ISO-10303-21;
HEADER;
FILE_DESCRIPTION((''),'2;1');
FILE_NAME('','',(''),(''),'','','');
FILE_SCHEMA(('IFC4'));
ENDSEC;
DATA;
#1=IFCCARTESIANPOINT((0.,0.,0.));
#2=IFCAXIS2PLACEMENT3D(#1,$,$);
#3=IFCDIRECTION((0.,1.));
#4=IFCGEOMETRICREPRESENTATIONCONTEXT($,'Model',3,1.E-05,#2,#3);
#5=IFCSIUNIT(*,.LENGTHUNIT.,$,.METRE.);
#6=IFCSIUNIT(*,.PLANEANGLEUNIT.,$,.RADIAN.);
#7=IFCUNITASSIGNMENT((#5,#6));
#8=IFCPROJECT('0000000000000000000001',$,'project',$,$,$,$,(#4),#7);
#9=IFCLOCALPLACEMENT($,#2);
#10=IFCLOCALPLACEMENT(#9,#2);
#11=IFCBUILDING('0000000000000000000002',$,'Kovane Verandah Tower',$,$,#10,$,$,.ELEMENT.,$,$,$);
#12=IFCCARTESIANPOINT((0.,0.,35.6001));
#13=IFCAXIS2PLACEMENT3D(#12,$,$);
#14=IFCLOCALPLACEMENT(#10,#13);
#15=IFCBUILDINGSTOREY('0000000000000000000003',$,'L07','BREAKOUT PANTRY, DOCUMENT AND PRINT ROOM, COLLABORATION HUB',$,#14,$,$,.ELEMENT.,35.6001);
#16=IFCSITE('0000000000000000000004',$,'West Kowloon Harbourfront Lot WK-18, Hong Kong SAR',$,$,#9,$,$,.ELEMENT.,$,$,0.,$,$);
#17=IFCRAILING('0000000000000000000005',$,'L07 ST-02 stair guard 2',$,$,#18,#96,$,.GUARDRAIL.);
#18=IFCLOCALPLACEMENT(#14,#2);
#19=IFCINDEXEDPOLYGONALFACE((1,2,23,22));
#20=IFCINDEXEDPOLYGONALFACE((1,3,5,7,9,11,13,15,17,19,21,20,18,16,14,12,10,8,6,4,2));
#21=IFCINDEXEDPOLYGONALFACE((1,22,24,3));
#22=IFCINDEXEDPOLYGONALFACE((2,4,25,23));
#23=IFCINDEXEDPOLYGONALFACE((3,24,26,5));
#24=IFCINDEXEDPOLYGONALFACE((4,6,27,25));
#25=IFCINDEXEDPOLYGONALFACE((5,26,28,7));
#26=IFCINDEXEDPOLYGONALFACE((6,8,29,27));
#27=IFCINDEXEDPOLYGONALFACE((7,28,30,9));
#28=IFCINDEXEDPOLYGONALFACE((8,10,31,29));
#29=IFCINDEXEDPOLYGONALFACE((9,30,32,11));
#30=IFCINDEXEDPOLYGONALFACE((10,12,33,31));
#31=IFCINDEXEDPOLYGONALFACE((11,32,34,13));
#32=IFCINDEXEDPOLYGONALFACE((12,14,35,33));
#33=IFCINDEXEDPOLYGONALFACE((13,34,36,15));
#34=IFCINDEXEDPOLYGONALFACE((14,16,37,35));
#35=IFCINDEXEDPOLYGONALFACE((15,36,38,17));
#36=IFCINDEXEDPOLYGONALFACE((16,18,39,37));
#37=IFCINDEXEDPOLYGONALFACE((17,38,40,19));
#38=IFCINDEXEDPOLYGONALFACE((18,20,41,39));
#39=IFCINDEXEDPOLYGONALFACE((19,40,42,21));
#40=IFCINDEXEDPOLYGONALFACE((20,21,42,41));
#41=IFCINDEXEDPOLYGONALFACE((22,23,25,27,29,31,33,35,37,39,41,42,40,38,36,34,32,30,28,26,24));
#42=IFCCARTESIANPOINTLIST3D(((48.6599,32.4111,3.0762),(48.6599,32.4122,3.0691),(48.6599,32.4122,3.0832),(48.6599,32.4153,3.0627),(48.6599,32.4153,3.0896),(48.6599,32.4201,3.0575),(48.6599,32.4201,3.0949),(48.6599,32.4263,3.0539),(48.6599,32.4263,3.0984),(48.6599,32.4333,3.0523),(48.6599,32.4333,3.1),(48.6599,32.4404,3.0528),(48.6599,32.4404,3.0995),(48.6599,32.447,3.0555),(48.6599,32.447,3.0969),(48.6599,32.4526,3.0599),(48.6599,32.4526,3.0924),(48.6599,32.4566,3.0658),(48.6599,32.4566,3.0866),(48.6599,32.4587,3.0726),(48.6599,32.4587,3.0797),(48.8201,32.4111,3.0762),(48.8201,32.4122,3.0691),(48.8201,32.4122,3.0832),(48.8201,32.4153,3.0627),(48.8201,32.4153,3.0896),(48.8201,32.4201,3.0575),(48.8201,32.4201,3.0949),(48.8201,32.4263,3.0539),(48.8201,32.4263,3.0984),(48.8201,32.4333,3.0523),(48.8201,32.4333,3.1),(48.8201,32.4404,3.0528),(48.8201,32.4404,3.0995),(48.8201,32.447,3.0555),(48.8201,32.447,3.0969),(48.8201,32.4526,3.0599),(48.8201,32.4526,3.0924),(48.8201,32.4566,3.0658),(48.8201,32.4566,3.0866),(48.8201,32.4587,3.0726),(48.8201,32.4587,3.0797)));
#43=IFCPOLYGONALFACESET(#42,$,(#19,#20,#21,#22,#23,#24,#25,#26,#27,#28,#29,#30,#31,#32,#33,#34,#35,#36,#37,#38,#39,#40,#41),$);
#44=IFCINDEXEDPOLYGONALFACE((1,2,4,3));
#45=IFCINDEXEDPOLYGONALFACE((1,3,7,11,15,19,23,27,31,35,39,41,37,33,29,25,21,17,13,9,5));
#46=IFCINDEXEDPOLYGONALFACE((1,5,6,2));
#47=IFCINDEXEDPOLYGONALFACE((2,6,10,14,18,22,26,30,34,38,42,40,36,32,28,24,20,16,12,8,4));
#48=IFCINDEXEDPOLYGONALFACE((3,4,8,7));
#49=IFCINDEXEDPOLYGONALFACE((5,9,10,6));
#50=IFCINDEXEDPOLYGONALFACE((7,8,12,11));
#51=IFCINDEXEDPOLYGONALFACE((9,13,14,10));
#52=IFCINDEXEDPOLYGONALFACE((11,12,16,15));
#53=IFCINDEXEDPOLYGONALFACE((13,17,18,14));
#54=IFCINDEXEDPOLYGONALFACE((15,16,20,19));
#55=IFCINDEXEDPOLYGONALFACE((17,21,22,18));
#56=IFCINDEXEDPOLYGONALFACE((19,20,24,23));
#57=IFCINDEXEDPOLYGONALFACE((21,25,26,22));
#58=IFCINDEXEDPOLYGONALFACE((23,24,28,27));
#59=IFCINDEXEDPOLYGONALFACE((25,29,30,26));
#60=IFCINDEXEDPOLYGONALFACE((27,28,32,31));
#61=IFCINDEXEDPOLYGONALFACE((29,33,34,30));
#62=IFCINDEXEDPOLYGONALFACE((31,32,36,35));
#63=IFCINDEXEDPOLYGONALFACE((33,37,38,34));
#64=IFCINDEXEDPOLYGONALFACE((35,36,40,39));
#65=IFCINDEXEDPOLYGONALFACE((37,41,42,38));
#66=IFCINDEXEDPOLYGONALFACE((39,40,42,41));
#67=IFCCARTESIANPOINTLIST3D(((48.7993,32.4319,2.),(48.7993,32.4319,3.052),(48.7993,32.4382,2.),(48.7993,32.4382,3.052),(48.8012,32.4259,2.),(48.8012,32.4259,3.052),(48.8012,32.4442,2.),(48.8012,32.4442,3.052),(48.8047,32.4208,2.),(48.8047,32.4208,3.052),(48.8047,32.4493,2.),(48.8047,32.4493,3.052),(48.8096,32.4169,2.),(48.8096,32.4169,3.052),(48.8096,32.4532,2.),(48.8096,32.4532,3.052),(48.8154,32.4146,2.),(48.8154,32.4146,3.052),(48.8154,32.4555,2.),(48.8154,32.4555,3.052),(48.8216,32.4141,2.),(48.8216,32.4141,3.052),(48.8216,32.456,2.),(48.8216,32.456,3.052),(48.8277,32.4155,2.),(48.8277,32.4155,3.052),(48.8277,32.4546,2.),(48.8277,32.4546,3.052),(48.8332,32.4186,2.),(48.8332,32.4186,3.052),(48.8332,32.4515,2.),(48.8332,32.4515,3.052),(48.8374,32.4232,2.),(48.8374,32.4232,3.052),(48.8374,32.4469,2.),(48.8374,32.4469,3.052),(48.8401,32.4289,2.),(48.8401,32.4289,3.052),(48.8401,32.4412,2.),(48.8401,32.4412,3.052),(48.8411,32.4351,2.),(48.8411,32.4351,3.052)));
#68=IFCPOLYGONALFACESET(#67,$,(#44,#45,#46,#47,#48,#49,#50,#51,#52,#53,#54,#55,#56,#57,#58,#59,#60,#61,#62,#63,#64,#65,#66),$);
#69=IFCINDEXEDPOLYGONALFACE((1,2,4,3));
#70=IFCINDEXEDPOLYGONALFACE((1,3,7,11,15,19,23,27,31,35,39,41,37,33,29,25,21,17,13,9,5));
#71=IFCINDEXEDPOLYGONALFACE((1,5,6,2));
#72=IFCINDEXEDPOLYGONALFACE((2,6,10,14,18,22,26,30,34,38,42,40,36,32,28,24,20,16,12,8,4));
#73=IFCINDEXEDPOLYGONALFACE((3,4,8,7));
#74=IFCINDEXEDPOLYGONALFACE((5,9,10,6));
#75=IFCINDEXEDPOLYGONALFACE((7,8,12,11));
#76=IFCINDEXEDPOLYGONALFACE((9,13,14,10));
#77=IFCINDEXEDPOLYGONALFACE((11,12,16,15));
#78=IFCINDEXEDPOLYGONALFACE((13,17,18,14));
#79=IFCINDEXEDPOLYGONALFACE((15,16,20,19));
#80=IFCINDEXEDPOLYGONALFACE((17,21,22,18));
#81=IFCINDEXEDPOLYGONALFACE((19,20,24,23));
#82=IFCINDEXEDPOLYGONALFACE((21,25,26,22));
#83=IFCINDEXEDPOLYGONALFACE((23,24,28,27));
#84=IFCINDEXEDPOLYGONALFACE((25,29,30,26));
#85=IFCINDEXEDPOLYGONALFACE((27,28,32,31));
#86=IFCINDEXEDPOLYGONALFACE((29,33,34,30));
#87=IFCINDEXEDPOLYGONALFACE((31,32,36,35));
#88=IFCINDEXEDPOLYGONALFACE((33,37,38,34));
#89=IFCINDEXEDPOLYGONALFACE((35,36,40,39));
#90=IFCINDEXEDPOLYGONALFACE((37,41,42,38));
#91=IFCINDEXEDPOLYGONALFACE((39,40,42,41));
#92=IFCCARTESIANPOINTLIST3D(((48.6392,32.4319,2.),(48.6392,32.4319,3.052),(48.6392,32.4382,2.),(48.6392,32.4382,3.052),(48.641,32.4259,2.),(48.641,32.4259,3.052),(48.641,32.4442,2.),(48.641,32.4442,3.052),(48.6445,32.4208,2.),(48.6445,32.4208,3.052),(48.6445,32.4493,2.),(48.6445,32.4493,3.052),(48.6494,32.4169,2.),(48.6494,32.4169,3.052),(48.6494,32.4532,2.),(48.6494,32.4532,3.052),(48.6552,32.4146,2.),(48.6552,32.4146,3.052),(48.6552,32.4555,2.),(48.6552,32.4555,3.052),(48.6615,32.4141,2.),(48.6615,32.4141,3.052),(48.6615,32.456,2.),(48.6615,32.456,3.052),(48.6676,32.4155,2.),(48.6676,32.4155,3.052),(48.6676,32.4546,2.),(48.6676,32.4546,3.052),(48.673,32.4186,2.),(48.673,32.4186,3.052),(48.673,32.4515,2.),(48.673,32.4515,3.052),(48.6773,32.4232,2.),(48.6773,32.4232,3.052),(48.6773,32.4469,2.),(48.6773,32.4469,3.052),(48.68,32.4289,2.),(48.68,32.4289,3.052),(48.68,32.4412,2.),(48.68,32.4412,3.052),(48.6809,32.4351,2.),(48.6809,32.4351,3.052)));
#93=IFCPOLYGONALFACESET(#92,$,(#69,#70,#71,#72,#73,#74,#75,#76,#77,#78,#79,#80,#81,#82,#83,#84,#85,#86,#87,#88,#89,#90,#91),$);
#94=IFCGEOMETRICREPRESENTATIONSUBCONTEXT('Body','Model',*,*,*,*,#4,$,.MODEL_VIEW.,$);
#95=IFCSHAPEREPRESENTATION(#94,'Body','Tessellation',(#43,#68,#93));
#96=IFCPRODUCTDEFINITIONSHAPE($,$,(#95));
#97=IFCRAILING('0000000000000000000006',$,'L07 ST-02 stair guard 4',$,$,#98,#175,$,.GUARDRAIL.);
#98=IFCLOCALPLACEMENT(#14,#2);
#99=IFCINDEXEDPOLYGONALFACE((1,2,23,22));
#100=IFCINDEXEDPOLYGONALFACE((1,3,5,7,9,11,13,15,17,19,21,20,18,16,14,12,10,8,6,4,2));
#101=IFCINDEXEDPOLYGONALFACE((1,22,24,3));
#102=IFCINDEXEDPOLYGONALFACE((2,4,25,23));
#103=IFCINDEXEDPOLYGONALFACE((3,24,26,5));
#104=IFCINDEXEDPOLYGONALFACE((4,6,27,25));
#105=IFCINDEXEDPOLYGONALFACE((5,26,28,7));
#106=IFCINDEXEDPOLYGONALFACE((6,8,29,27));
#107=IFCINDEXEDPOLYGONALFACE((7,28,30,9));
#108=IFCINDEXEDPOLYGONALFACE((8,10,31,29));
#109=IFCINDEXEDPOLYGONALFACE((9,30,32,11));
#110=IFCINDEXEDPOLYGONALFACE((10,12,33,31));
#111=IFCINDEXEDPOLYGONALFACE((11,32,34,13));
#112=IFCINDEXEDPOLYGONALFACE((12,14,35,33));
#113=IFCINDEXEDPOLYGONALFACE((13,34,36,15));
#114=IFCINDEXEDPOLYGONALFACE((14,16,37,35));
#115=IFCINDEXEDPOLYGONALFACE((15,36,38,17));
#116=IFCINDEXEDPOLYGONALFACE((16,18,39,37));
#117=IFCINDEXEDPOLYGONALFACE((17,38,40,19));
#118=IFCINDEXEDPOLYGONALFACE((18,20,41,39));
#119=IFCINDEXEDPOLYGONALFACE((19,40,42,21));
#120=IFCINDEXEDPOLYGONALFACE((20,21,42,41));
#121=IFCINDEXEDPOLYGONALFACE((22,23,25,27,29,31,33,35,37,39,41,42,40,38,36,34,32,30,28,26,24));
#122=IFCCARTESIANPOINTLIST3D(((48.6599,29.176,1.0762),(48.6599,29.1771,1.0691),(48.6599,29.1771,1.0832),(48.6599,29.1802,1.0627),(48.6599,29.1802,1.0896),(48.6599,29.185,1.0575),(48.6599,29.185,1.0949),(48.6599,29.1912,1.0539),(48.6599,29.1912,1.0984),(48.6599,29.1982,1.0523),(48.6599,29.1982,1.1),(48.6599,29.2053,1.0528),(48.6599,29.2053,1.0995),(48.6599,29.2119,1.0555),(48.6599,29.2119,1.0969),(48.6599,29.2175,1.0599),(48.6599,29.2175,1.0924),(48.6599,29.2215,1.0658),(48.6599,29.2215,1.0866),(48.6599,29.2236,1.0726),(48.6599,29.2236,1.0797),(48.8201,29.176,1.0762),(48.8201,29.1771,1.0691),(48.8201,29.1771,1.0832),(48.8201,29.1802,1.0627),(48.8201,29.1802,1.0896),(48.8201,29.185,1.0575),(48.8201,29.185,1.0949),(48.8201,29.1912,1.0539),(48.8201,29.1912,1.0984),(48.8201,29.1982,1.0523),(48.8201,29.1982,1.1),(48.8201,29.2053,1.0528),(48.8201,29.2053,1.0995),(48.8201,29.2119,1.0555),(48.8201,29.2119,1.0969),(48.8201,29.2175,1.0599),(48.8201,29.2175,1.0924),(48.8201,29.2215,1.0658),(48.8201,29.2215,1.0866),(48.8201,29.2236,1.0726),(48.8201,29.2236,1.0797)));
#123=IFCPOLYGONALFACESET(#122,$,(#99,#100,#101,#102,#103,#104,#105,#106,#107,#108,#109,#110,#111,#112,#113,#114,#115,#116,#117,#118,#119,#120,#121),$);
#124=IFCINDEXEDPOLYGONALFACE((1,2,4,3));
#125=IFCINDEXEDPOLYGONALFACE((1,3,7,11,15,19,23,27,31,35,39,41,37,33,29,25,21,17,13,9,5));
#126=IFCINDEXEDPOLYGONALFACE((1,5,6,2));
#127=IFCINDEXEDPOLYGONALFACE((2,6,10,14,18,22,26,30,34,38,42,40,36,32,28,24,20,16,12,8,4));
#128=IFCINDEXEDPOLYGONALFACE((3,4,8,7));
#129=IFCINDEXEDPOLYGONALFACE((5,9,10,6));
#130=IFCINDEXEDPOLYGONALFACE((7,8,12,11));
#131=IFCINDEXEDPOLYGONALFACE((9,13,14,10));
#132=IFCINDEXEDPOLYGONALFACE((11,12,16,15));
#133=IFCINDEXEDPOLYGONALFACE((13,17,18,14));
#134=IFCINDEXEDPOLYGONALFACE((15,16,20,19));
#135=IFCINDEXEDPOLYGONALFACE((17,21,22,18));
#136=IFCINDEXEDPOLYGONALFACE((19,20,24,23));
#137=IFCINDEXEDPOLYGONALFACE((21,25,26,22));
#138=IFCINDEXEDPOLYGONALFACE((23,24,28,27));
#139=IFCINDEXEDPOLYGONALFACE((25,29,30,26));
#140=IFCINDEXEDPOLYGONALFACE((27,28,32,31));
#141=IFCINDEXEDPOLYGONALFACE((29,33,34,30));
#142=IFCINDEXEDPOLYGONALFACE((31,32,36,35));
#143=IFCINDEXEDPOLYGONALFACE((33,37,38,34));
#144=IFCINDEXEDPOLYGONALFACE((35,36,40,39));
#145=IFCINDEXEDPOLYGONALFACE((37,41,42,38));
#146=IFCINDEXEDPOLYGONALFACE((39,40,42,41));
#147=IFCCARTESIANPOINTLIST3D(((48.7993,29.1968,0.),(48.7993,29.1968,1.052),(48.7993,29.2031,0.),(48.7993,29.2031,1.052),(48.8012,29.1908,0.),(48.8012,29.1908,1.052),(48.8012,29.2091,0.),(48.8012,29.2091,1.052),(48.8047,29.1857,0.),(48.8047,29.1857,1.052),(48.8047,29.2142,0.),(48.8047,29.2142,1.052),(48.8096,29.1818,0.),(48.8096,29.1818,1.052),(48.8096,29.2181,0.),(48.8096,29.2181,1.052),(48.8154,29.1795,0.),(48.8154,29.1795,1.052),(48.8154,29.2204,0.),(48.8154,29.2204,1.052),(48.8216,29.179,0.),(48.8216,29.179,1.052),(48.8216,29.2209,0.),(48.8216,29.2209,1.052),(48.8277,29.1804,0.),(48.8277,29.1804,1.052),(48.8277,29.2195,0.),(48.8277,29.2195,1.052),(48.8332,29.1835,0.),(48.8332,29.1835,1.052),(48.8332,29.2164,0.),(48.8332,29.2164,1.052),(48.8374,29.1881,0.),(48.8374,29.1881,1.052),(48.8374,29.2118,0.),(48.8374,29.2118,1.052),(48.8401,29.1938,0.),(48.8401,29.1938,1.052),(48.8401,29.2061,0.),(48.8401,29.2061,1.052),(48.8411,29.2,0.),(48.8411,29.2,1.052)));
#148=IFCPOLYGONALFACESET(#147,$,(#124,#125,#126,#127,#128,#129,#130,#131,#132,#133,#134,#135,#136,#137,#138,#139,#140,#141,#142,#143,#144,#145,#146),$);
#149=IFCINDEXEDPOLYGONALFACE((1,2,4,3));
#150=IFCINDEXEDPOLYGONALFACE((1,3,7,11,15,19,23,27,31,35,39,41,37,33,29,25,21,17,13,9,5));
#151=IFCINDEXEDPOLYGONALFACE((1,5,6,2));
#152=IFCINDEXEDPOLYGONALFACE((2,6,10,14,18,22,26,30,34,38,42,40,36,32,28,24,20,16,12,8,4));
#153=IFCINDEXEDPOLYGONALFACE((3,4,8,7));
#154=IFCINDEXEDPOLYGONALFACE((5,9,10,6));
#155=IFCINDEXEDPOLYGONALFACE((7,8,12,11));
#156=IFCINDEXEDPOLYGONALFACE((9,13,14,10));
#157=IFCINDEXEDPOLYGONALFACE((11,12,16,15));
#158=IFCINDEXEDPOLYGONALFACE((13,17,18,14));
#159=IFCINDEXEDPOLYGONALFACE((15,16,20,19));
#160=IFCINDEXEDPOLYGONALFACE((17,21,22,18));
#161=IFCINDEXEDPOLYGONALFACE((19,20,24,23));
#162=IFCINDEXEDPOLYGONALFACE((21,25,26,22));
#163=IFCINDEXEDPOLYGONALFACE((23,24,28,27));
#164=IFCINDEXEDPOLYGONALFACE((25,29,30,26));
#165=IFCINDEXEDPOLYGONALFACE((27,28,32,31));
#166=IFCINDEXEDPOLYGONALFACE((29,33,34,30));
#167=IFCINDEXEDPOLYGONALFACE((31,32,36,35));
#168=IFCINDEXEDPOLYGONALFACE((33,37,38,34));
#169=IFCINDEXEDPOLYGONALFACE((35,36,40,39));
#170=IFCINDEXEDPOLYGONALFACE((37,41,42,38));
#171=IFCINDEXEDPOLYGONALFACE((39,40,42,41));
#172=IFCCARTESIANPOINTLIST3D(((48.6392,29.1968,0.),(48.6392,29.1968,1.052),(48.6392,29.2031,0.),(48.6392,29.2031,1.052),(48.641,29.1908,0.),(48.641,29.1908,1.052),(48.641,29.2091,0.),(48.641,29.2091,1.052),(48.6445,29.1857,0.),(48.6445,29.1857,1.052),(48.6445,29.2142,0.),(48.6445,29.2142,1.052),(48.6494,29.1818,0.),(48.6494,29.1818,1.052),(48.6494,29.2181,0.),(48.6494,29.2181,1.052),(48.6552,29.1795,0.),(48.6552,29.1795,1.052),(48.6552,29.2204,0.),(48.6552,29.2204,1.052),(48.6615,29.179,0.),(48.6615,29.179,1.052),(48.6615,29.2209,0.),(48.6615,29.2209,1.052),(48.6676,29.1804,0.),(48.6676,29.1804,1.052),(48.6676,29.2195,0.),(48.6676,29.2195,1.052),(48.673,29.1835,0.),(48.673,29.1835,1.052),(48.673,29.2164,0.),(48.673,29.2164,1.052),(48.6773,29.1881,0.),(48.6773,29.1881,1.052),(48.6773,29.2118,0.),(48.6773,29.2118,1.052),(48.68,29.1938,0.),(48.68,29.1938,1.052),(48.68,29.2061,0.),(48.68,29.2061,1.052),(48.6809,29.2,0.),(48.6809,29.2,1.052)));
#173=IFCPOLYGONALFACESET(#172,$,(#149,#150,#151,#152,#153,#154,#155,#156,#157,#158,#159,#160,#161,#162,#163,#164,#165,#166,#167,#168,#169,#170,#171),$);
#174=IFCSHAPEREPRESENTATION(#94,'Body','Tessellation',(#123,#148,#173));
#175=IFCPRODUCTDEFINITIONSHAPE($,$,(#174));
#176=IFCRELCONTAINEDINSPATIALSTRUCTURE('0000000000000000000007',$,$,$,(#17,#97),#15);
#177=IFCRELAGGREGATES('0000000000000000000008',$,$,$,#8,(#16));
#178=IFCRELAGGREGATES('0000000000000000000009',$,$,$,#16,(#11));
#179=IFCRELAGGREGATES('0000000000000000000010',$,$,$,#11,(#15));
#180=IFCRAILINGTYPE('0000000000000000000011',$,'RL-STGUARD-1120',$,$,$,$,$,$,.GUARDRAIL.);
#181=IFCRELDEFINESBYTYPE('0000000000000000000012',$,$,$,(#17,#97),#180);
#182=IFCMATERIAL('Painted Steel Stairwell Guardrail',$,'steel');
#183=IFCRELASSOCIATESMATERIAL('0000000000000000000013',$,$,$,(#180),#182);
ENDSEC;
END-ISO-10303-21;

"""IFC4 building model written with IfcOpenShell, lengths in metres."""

from ifc_helpers import new_model, si_unit, direction, frame, origin, origin_2d, place, context, subcontext, project, spatial, circle, extrude, material, type_object, element, save


model = new_model("IFC4")

# Units and contexts
model_context = context("Model", 3, precision=1e-05, world=origin(), true_north=direction((0.0, 1.0)))
body_context = subcontext(model_context, "Body", "Model", "MODEL_VIEW")
ifc_project = project(units=[si_unit("LENGTHUNIT", "METRE"), si_unit("PLANEANGLEUNIT", "RADIAN")], contexts=[model_context])

# Site, building, storey
site_placement = place(None, origin())
site = spatial("IfcSite", under=ifc_project, at=site_placement, Name="West Kowloon Harbourfront Lot WK-18, Hong Kong SAR", CompositionType="ELEMENT", RefElevation=0.0)
building_placement = place(site_placement, origin())
building = spatial("IfcBuilding", under=site, at=building_placement, Name="Kovane Verandah Tower", CompositionType="ELEMENT")
storey_placement = place(building_placement, frame((0.0, 0.0, 35.6001)))
storey = spatial("IfcBuildingStorey", under=building, at=storey_placement, Name="L07", Description="BREAKOUT PANTRY, DOCUMENT AND PRINT ROOM, COLLABORATION HUB", CompositionType="ELEMENT", Elevation=35.6001)

# Railings
ifc_material_1 = material(Name="Painted Steel Stairwell Guardrail", Category="steel")
railing_type_1 = type_object("IfcRailingType", Name="RL-STGUARD-1120", PredefinedType="GUARDRAIL", material=ifc_material_1)
for number, where, name in (
    (1, (48.8201, 32.4351, 2.0), "L07 ST-02 stair guard 2"),
    (2, (48.8201, 29.2, 0.0), "L07 ST-02 stair guard 4"),
):
    element("IfcRailing", number, at=place(storey_placement, frame(where)), inside=storey, type_object=railing_type_1, Name=name, PredefinedType="GUARDRAIL", context=body_context, shape_type="SweptSolid", body=[
        extrude(circle(Radius=0.0239, at=origin_2d()), frame((0.0, 0.0, 1.0762), z_axis=(-1.0, 0.0, 0.0), x_axis=(0.0, -1.0, 0.0)), (0.0, 0.0, 1.0), 0.1602),
        extrude(circle(Radius=0.021, at=origin_2d()), origin(), (0.0, 0.0, 1.0), 1.052),
        extrude(circle(Radius=0.021, at=origin_2d()), frame((-0.1602, 0.0, 0.0)), (0.0, 0.0, 1.0), 1.052),
    ])

save(model, "model.ifc")
